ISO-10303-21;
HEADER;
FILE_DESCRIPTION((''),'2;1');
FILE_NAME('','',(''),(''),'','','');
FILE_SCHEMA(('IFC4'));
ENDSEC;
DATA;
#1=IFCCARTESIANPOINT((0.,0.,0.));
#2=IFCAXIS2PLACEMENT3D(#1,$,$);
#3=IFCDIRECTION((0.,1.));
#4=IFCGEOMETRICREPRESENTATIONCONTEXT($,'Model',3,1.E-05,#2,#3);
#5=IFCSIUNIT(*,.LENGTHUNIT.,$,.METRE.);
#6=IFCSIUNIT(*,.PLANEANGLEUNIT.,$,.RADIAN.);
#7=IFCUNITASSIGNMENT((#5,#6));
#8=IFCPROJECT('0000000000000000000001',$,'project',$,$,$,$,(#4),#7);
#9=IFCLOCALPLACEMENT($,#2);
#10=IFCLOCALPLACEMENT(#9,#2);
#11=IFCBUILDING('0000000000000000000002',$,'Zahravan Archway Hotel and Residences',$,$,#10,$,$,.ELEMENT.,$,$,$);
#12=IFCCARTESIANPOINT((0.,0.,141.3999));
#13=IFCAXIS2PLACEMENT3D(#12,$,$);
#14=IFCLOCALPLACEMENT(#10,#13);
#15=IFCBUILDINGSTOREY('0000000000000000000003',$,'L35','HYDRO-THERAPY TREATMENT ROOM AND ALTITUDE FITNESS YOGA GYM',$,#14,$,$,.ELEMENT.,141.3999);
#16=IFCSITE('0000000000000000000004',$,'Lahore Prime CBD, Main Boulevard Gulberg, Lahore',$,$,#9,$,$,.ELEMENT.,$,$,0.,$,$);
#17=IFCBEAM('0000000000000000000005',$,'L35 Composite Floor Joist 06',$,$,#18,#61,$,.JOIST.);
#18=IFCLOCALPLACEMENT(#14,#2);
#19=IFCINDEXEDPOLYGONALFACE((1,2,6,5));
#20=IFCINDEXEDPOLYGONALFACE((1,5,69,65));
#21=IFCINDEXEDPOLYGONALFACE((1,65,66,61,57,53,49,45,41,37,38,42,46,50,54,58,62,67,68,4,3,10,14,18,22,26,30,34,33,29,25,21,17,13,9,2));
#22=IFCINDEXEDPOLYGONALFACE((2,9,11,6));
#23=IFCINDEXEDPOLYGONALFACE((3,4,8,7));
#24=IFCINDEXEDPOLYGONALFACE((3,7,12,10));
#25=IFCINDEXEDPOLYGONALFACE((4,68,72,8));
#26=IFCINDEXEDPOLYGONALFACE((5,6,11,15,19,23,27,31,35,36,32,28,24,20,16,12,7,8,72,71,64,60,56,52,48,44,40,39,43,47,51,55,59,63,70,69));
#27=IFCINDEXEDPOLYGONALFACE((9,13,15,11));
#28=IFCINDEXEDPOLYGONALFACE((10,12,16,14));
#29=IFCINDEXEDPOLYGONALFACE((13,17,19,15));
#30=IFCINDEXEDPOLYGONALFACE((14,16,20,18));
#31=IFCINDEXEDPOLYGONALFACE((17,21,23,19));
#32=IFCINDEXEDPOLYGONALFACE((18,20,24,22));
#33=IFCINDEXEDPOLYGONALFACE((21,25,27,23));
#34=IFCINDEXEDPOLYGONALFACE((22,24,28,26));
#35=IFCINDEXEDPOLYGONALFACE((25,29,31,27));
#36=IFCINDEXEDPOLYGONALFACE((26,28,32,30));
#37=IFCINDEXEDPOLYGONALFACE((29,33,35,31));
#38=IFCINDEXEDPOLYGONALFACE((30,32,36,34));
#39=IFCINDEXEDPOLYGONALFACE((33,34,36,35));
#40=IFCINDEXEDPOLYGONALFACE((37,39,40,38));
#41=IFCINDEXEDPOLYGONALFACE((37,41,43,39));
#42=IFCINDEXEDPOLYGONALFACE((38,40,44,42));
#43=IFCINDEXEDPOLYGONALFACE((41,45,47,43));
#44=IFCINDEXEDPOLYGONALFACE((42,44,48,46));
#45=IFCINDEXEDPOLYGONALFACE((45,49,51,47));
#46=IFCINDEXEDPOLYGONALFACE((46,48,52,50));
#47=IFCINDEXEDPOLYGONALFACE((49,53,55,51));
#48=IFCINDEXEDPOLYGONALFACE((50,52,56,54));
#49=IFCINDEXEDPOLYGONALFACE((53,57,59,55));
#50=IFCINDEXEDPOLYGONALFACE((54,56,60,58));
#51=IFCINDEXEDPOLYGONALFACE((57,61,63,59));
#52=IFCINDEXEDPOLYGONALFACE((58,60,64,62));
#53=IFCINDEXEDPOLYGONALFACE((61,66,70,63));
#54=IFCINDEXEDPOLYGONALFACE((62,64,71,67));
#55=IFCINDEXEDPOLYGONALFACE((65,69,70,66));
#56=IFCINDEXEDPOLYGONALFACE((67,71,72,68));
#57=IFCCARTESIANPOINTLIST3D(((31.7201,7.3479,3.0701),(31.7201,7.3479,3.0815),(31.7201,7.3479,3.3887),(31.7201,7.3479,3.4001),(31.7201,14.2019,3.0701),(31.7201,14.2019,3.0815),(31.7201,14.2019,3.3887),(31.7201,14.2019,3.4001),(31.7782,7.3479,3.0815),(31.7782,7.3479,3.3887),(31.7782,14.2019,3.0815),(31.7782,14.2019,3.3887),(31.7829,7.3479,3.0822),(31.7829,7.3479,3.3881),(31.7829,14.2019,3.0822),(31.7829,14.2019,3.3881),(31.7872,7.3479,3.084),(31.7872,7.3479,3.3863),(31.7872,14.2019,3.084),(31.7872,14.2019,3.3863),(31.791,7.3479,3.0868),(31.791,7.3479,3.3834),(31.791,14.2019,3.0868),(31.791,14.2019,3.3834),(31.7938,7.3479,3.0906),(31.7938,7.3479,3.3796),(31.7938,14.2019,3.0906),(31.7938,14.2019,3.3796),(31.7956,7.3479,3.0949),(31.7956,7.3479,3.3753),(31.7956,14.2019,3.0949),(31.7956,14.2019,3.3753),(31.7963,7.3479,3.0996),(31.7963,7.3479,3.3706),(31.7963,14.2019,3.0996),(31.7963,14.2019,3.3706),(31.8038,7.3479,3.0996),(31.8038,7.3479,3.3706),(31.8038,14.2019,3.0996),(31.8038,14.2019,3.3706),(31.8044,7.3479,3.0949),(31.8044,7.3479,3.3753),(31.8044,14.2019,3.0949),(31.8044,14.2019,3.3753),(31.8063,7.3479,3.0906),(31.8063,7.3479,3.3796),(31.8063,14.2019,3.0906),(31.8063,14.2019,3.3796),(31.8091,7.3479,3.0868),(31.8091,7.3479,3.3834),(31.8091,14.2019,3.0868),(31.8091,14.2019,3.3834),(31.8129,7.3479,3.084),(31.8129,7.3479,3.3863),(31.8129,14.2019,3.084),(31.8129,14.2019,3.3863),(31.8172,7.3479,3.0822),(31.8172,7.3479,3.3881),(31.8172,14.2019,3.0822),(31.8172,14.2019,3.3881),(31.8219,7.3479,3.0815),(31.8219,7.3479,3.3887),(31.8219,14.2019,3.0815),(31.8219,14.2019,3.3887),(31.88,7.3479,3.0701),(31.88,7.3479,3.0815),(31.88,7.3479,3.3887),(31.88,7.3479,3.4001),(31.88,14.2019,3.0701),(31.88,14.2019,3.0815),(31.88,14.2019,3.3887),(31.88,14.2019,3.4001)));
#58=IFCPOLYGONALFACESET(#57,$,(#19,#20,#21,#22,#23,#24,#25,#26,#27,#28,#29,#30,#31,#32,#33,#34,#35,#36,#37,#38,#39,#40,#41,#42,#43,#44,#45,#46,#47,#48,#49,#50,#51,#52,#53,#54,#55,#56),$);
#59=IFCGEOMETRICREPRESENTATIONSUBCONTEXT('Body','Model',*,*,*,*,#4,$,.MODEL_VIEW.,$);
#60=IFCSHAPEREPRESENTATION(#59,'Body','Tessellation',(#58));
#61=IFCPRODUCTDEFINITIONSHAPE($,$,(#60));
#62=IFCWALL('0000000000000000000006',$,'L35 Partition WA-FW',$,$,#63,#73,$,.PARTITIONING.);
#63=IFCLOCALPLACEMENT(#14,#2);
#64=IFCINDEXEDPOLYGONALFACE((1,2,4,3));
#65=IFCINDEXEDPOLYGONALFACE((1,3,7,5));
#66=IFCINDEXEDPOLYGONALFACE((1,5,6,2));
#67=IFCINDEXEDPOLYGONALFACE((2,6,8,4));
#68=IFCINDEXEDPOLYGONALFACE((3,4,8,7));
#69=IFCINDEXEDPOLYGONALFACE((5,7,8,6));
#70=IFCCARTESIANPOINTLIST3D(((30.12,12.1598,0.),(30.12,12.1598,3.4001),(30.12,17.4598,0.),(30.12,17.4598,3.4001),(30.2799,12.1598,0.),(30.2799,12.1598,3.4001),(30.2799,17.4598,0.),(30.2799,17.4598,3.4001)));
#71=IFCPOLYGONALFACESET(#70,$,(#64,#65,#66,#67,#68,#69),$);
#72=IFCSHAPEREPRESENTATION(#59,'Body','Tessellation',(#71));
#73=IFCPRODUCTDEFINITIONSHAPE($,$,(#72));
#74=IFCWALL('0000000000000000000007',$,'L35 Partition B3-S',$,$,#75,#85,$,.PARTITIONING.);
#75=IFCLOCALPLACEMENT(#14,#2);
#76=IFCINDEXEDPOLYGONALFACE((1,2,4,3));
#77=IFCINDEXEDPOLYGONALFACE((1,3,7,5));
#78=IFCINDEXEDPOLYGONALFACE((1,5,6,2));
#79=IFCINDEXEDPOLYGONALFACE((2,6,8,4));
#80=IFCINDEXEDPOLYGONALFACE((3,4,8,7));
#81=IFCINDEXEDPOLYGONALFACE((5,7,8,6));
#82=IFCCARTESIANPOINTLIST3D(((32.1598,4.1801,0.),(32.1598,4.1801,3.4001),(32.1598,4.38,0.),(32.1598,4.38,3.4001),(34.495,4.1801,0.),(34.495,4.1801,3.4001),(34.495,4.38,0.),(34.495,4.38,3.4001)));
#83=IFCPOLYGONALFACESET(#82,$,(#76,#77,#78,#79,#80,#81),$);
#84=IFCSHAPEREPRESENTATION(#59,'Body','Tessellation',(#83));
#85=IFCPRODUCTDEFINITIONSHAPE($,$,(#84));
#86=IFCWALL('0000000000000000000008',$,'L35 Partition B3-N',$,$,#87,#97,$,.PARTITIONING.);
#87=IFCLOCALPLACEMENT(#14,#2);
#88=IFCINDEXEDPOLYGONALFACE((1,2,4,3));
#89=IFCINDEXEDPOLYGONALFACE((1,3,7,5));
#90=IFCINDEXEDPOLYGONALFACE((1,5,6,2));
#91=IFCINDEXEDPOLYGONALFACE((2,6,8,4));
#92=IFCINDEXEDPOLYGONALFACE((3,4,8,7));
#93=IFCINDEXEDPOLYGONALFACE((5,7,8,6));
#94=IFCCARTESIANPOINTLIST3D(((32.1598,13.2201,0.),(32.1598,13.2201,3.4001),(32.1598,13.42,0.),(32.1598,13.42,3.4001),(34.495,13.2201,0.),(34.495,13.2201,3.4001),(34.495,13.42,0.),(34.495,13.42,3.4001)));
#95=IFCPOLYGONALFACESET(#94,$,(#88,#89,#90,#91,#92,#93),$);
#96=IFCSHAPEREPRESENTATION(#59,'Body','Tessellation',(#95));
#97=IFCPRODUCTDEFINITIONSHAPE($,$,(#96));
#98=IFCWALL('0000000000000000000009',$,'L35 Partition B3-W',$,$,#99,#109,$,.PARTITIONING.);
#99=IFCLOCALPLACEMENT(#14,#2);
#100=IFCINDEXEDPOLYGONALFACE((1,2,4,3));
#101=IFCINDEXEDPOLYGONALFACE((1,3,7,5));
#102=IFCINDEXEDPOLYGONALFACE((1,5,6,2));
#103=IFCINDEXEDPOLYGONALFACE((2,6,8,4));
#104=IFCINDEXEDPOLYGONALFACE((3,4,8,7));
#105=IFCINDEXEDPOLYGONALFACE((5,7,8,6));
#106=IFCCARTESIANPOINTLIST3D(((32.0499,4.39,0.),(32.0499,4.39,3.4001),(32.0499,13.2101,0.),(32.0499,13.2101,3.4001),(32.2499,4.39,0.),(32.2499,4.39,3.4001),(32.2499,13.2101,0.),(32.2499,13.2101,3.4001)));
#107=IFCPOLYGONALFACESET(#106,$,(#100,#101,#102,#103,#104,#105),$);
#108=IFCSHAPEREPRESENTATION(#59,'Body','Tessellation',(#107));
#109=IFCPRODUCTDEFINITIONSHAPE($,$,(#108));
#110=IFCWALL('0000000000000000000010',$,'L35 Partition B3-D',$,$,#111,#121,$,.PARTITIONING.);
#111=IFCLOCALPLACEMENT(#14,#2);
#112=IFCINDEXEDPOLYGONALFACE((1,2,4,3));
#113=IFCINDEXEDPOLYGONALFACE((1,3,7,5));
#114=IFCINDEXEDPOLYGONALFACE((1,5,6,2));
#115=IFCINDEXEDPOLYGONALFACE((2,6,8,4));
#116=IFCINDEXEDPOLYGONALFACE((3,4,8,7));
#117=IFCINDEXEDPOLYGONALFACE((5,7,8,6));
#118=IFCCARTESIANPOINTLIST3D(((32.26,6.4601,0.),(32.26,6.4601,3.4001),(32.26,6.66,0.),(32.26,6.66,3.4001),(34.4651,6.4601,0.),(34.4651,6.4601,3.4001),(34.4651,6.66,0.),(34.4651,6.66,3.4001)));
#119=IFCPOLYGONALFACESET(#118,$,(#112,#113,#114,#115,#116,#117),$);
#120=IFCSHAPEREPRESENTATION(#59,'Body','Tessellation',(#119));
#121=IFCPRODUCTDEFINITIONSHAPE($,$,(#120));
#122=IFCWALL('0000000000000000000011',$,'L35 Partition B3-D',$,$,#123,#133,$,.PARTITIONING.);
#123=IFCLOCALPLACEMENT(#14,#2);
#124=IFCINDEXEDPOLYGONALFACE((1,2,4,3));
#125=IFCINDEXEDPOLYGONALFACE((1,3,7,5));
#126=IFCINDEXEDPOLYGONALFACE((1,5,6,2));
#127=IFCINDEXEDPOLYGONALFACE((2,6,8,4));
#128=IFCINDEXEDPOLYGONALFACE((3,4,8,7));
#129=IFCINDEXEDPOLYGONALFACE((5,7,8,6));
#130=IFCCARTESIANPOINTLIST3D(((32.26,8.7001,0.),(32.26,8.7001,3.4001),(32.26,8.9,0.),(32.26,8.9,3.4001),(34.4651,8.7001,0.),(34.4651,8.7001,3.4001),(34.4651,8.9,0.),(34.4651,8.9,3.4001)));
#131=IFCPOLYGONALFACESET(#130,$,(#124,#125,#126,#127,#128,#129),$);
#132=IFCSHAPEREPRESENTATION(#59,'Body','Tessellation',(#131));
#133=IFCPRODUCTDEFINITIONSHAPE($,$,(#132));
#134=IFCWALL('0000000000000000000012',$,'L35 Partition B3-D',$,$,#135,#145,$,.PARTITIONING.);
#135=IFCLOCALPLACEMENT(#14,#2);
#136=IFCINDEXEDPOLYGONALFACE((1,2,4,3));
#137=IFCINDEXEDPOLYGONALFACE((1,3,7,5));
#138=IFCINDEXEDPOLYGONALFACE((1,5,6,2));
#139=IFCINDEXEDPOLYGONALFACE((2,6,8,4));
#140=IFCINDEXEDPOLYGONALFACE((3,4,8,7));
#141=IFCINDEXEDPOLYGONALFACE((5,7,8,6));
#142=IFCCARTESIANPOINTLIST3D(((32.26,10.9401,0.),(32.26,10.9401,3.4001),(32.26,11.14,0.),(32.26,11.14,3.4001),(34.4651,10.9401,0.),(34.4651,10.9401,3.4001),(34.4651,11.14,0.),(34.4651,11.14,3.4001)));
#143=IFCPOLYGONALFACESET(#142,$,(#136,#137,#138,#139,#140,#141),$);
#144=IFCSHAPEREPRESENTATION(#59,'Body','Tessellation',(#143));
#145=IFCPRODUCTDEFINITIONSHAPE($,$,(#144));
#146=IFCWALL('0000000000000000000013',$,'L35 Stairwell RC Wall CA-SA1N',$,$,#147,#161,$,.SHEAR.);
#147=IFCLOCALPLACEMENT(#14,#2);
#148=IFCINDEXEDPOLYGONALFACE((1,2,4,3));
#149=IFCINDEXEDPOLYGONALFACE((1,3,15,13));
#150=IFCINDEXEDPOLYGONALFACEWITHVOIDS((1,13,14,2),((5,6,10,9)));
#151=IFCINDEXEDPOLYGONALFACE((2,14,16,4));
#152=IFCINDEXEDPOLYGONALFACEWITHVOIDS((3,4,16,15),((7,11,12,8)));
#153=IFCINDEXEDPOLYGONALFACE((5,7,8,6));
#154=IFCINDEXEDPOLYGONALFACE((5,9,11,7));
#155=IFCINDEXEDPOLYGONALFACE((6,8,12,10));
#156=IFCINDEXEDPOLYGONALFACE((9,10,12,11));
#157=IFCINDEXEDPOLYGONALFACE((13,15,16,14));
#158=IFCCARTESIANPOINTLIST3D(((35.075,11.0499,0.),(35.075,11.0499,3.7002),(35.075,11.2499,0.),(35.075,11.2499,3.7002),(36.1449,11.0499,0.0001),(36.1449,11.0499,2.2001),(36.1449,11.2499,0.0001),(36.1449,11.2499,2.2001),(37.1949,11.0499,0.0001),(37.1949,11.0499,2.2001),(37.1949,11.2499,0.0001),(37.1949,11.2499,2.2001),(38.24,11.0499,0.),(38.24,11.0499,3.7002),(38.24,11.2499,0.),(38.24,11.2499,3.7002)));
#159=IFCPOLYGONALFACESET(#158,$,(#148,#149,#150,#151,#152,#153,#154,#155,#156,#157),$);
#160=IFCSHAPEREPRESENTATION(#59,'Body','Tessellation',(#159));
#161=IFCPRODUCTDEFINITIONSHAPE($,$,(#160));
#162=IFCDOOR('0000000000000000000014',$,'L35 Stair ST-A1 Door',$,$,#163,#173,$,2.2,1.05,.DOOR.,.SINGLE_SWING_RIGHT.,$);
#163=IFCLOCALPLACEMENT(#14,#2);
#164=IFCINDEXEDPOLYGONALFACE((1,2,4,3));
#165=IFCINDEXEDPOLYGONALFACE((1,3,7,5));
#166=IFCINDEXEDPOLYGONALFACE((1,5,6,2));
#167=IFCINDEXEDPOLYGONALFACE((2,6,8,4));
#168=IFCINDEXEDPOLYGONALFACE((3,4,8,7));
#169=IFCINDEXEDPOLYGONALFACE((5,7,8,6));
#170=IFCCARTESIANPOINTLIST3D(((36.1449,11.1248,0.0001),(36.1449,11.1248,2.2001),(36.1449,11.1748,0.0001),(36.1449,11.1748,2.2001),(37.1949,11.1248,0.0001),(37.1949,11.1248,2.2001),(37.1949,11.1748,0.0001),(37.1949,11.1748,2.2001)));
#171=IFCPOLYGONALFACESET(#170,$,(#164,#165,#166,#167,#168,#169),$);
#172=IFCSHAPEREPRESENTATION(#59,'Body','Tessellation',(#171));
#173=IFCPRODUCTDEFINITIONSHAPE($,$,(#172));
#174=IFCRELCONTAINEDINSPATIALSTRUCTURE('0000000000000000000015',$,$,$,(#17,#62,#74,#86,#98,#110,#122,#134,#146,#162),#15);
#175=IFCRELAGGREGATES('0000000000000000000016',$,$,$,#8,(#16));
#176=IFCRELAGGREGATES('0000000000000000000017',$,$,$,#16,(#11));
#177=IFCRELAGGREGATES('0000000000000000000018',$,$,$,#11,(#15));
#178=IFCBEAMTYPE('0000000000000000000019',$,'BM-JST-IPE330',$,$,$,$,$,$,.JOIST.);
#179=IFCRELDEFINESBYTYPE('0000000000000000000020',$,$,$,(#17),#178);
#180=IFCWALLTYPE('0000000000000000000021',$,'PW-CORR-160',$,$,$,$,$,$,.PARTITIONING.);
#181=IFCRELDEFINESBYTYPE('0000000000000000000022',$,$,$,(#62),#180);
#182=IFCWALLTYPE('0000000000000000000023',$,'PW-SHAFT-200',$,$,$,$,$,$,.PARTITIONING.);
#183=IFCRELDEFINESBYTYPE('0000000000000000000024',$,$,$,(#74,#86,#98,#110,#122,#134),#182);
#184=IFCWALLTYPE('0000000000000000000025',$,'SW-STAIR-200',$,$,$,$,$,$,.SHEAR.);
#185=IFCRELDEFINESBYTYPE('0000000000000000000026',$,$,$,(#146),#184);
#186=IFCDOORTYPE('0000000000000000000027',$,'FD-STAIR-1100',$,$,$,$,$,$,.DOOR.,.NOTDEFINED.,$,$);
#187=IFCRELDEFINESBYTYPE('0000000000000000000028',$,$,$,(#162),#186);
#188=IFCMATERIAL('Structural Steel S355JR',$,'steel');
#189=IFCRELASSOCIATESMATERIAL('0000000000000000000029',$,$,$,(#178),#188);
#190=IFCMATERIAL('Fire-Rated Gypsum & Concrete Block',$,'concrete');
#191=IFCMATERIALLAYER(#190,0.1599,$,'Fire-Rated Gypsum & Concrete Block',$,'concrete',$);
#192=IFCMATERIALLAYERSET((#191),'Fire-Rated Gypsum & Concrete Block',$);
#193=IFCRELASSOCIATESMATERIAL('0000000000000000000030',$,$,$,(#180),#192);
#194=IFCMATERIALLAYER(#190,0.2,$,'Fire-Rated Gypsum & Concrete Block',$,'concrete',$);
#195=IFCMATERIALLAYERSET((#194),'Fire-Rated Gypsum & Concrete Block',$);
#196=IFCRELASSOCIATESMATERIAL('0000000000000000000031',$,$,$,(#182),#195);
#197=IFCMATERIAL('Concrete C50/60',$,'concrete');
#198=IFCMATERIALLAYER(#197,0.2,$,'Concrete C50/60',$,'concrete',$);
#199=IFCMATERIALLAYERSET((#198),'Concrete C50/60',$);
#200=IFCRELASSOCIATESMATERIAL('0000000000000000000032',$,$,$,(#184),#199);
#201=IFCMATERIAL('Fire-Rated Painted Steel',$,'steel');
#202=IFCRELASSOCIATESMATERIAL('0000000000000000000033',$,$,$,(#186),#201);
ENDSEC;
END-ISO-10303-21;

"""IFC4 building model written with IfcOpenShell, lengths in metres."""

from ifc_helpers import new_model, si_unit, direction, frame, frame_2d, origin, origin_2d, place, context, subcontext, project, spatial, rectangle, i_section, extrude, source, transform, mapped, material, layer, layer_set, material_profile, profile_set, type_object, type_shapes, element, fill, save


model = new_model("IFC4")

# Units and contexts
model_context = context("Model", 3, precision=1e-05, world=origin(), true_north=direction((0.0, 1.0)))
body_context = subcontext(model_context, "Body", "Model", "MODEL_VIEW")
ifc_project = project(units=[si_unit("LENGTHUNIT", "METRE"), si_unit("PLANEANGLEUNIT", "RADIAN")], contexts=[model_context])

# Site, building, storey
site_placement = place(None, origin())
site = spatial("IfcSite", under=ifc_project, at=site_placement, Name="Lahore Prime CBD, Main Boulevard Gulberg, Lahore", CompositionType="ELEMENT", RefElevation=0.0)
building_placement = place(site_placement, origin())
building = spatial("IfcBuilding", under=site, at=building_placement, Name="Zahravan Archway Hotel and Residences", CompositionType="ELEMENT")
storey_placement = place(building_placement, frame((0.0, 0.0, 141.3999)))
storey = spatial("IfcBuildingStorey", under=building, at=storey_placement, Name="L35", Description="HYDRO-THERAPY TREATMENT ROOM AND ALTITUDE FITNESS YOGA GYM", CompositionType="ELEMENT", Elevation=141.3999)

# Beam
ifc_material_1 = material(Name="Structural Steel S355JR", Category="steel")
ifc_material_profile_1 = material_profile(ifc_material_1, i_section(OverallWidth=0.1599, OverallDepth=0.3301, WebThickness=0.0076, FlangeThickness=0.0115, FilletRadius=0.0181, at=origin_2d()), Name="IPE 330", Category="steel")
ifc_profile_set_1 = profile_set([ifc_material_profile_1], Name="Structural Steel S355JR")
beam_type_1 = type_object("IfcBeamType", Name="BM-JST-IPE330", PredefinedType="JOIST", material=ifc_profile_set_1)
shared_shape_1 = source(origin(), body_context, "Body", "SweptSolid", [
    extrude(i_section(OverallWidth=0.1599, OverallDepth=0.3301, WebThickness=0.0076, FlangeThickness=0.0115, FilletRadius=0.0181, at=origin_2d()), origin(), (0.0, 0.0, 1.0), 6.854),
])
beam_1_placement = place(storey_placement, frame((31.8, 7.3479, 3.2351), z_axis=(0.0, 1.0, 0.0), x_axis=(-1.0, 0.0, 0.0)))
element("IfcBeam", 1, at=beam_1_placement, inside=storey, type_object=beam_type_1, Name="L35 Composite Floor Joist 06", PredefinedType="JOIST", context=body_context, shape_type="MappedRepresentation", body=[
    mapped(shared_shape_1, transform((0.0, 0.0, 0.0), scale=1.0)),
])

# Walls
ifc_material_2 = material(Name="Fire-Rated Gypsum & Concrete Block", Category="concrete")
ifc_layer_1 = layer(ifc_material_2, 0.1599, Name="Fire-Rated Gypsum & Concrete Block", Category="concrete")
ifc_layer_set_1 = layer_set([ifc_layer_1], Name="Fire-Rated Gypsum & Concrete Block")
wall_type_1 = type_object("IfcWallType", Name="PW-CORR-160", PredefinedType="PARTITIONING", material=ifc_layer_set_1)
wall_1_placement = place(storey_placement, frame((30.2, 12.1599, 0.0), z_axis=(0.0, 0.0, 1.0), x_axis=(0.0, 1.0, 0.0)))
element("IfcWall", 2, at=wall_1_placement, inside=storey, type_object=wall_type_1, Name="L35 Partition WA-FW", PredefinedType="PARTITIONING", context=body_context, shape_type="SweptSolid", body=[
    extrude(rectangle(XDim=5.3, YDim=0.1599, at=frame_2d((2.6499, 0.0))), origin(), (0.0, 0.0, 1.0), 3.4001),
])
ifc_layer_2 = layer(ifc_material_2, 0.2, Name="Fire-Rated Gypsum & Concrete Block", Category="concrete")
ifc_layer_set_2 = layer_set([ifc_layer_2], Name="Fire-Rated Gypsum & Concrete Block")
wall_type_2 = type_object("IfcWallType", Name="PW-SHAFT-200", PredefinedType="PARTITIONING", material=ifc_layer_set_2)
for number, where, z_axis, x_axis, name in (
    (3, (32.1599, 4.28, 0.0), (0.0, 0.0, 1.0), (1.0, 0.0, 0.0), "L35 Partition B3-S"),
    (4, (32.1599, 13.3201, 0.0), (0.0, 0.0, 1.0), (1.0, 0.0, 0.0), "L35 Partition B3-N"),
):
    element("IfcWall", number, at=place(storey_placement, frame(where, z_axis=z_axis, x_axis=x_axis)), inside=storey, type_object=wall_type_2, Name=name, PredefinedType="PARTITIONING", context=body_context, shape_type="SweptSolid", body=[
        extrude(rectangle(XDim=2.3352, YDim=0.2, at=frame_2d((1.1675, 0.0))), origin(), (0.0, 0.0, 1.0), 3.4001),
    ])
wall_2_placement = place(storey_placement, frame((32.1499, 4.3899, 0.0), z_axis=(0.0, 0.0, 1.0), x_axis=(0.0, 1.0, 0.0)))
element("IfcWall", 5, at=wall_2_placement, inside=storey, type_object=wall_type_2, Name="L35 Partition B3-W", PredefinedType="PARTITIONING", context=body_context, shape_type="SweptSolid", body=[
    extrude(rectangle(XDim=8.8201, YDim=0.2, at=frame_2d((4.4102, 0.0))), origin(), (0.0, 0.0, 1.0), 3.4001),
])
for number, where, z_axis, x_axis, name in (
    (6, (32.26, 6.5601, 0.0), (0.0, 0.0, 1.0), (1.0, 0.0, 0.0), "L35 Partition B3-D"),
    (7, (32.26, 8.8, 0.0), (0.0, 0.0, 1.0), (1.0, 0.0, 0.0), "L35 Partition B3-D"),
    (8, (32.26, 11.04, 0.0), (0.0, 0.0, 1.0), (1.0, 0.0, 0.0), "L35 Partition B3-D"),
):
    element("IfcWall", number, at=place(storey_placement, frame(where, z_axis=z_axis, x_axis=x_axis)), inside=storey, type_object=wall_type_2, Name=name, PredefinedType="PARTITIONING", context=body_context, shape_type="SweptSolid", body=[
        extrude(rectangle(XDim=2.2051, YDim=0.2, at=frame_2d((1.1025, 0.0))), origin(), (0.0, 0.0, 1.0), 3.4001),
    ])

# Wall, opening, door
ifc_material_3 = material(Name="Concrete C50/60", Category="concrete")
ifc_layer_3 = layer(ifc_material_3, 0.2, Name="Concrete C50/60", Category="concrete")
ifc_layer_set_3 = layer_set([ifc_layer_3], Name="Concrete C50/60")
wall_type_3 = type_object("IfcWallType", Name="SW-STAIR-200", PredefinedType="SHEAR", material=ifc_layer_set_3)
wall_3_placement = place(storey_placement, frame((35.075, 11.1499, 0.0), z_axis=(0.0, 0.0, 1.0), x_axis=(1.0, 0.0, 0.0)))
wall_3 = element("IfcWall", 9, at=wall_3_placement, inside=storey, type_object=wall_type_3, Name="L35 Stairwell RC Wall CA-SA1N", PredefinedType="SHEAR", context=body_context, shape_type="SweptSolid", body=[
    extrude(rectangle(XDim=3.165, YDim=0.2, at=frame_2d((1.5825, 0.0))), origin(), (0.0, 0.0, 1.0), 3.7002),
])
opening_placement = place(wall_3_placement, frame((1.0701, 0.0, 0.0)))
opening = element("IfcOpeningElement", 10, at=opening_placement, cuts=wall_3, PredefinedType="OPENING", context=body_context, shape_type="SweptSolid", body=[
    extrude(rectangle(XDim=1.05, YDim=2.2, at=frame_2d((0.5249, 1.1001))), frame((0.0, 0.1099, 0.0), z_axis=(0.0, -1.0, 0.0), x_axis=(1.0, 0.0, 0.0)), (0.0, 0.0, 1.0), 0.22),
])
ifc_material_4 = material(Name="Fire-Rated Painted Steel", Category="steel")
door_type = type_object("IfcDoorType", Name="FD-STAIR-1100", OperationType="NOTDEFINED", PredefinedType="DOOR", material=ifc_material_4)
shared_shape_2 = source(origin(), body_context, "Body", "SweptSolid", [
    extrude(rectangle(XDim=1.05, YDim=2.2, at=frame_2d((0.5249, 1.1001))), frame((0.0, 0.0249, 0.0), z_axis=(0.0, -1.0, 0.0), x_axis=(1.0, 0.0, 0.0)), (0.0, 0.0, 1.0), 0.05),
])
type_shapes(door_type, [shared_shape_2])
door_placement = place(opening_placement, origin())
door = element("IfcDoor", 11, at=door_placement, inside=storey, type_object=door_type, Name="L35 Stair ST-A1 Door", OperationType="SINGLE_SWING_RIGHT", OverallHeight=2.2, OverallWidth=1.05, PredefinedType="DOOR", context=body_context, shape_type="MappedRepresentation", body=[
    mapped(shared_shape_2, transform((0.0, 0.0, 0.0), scale=1.0)),
])
fill(opening, door)

save(model, "model.ifc")
